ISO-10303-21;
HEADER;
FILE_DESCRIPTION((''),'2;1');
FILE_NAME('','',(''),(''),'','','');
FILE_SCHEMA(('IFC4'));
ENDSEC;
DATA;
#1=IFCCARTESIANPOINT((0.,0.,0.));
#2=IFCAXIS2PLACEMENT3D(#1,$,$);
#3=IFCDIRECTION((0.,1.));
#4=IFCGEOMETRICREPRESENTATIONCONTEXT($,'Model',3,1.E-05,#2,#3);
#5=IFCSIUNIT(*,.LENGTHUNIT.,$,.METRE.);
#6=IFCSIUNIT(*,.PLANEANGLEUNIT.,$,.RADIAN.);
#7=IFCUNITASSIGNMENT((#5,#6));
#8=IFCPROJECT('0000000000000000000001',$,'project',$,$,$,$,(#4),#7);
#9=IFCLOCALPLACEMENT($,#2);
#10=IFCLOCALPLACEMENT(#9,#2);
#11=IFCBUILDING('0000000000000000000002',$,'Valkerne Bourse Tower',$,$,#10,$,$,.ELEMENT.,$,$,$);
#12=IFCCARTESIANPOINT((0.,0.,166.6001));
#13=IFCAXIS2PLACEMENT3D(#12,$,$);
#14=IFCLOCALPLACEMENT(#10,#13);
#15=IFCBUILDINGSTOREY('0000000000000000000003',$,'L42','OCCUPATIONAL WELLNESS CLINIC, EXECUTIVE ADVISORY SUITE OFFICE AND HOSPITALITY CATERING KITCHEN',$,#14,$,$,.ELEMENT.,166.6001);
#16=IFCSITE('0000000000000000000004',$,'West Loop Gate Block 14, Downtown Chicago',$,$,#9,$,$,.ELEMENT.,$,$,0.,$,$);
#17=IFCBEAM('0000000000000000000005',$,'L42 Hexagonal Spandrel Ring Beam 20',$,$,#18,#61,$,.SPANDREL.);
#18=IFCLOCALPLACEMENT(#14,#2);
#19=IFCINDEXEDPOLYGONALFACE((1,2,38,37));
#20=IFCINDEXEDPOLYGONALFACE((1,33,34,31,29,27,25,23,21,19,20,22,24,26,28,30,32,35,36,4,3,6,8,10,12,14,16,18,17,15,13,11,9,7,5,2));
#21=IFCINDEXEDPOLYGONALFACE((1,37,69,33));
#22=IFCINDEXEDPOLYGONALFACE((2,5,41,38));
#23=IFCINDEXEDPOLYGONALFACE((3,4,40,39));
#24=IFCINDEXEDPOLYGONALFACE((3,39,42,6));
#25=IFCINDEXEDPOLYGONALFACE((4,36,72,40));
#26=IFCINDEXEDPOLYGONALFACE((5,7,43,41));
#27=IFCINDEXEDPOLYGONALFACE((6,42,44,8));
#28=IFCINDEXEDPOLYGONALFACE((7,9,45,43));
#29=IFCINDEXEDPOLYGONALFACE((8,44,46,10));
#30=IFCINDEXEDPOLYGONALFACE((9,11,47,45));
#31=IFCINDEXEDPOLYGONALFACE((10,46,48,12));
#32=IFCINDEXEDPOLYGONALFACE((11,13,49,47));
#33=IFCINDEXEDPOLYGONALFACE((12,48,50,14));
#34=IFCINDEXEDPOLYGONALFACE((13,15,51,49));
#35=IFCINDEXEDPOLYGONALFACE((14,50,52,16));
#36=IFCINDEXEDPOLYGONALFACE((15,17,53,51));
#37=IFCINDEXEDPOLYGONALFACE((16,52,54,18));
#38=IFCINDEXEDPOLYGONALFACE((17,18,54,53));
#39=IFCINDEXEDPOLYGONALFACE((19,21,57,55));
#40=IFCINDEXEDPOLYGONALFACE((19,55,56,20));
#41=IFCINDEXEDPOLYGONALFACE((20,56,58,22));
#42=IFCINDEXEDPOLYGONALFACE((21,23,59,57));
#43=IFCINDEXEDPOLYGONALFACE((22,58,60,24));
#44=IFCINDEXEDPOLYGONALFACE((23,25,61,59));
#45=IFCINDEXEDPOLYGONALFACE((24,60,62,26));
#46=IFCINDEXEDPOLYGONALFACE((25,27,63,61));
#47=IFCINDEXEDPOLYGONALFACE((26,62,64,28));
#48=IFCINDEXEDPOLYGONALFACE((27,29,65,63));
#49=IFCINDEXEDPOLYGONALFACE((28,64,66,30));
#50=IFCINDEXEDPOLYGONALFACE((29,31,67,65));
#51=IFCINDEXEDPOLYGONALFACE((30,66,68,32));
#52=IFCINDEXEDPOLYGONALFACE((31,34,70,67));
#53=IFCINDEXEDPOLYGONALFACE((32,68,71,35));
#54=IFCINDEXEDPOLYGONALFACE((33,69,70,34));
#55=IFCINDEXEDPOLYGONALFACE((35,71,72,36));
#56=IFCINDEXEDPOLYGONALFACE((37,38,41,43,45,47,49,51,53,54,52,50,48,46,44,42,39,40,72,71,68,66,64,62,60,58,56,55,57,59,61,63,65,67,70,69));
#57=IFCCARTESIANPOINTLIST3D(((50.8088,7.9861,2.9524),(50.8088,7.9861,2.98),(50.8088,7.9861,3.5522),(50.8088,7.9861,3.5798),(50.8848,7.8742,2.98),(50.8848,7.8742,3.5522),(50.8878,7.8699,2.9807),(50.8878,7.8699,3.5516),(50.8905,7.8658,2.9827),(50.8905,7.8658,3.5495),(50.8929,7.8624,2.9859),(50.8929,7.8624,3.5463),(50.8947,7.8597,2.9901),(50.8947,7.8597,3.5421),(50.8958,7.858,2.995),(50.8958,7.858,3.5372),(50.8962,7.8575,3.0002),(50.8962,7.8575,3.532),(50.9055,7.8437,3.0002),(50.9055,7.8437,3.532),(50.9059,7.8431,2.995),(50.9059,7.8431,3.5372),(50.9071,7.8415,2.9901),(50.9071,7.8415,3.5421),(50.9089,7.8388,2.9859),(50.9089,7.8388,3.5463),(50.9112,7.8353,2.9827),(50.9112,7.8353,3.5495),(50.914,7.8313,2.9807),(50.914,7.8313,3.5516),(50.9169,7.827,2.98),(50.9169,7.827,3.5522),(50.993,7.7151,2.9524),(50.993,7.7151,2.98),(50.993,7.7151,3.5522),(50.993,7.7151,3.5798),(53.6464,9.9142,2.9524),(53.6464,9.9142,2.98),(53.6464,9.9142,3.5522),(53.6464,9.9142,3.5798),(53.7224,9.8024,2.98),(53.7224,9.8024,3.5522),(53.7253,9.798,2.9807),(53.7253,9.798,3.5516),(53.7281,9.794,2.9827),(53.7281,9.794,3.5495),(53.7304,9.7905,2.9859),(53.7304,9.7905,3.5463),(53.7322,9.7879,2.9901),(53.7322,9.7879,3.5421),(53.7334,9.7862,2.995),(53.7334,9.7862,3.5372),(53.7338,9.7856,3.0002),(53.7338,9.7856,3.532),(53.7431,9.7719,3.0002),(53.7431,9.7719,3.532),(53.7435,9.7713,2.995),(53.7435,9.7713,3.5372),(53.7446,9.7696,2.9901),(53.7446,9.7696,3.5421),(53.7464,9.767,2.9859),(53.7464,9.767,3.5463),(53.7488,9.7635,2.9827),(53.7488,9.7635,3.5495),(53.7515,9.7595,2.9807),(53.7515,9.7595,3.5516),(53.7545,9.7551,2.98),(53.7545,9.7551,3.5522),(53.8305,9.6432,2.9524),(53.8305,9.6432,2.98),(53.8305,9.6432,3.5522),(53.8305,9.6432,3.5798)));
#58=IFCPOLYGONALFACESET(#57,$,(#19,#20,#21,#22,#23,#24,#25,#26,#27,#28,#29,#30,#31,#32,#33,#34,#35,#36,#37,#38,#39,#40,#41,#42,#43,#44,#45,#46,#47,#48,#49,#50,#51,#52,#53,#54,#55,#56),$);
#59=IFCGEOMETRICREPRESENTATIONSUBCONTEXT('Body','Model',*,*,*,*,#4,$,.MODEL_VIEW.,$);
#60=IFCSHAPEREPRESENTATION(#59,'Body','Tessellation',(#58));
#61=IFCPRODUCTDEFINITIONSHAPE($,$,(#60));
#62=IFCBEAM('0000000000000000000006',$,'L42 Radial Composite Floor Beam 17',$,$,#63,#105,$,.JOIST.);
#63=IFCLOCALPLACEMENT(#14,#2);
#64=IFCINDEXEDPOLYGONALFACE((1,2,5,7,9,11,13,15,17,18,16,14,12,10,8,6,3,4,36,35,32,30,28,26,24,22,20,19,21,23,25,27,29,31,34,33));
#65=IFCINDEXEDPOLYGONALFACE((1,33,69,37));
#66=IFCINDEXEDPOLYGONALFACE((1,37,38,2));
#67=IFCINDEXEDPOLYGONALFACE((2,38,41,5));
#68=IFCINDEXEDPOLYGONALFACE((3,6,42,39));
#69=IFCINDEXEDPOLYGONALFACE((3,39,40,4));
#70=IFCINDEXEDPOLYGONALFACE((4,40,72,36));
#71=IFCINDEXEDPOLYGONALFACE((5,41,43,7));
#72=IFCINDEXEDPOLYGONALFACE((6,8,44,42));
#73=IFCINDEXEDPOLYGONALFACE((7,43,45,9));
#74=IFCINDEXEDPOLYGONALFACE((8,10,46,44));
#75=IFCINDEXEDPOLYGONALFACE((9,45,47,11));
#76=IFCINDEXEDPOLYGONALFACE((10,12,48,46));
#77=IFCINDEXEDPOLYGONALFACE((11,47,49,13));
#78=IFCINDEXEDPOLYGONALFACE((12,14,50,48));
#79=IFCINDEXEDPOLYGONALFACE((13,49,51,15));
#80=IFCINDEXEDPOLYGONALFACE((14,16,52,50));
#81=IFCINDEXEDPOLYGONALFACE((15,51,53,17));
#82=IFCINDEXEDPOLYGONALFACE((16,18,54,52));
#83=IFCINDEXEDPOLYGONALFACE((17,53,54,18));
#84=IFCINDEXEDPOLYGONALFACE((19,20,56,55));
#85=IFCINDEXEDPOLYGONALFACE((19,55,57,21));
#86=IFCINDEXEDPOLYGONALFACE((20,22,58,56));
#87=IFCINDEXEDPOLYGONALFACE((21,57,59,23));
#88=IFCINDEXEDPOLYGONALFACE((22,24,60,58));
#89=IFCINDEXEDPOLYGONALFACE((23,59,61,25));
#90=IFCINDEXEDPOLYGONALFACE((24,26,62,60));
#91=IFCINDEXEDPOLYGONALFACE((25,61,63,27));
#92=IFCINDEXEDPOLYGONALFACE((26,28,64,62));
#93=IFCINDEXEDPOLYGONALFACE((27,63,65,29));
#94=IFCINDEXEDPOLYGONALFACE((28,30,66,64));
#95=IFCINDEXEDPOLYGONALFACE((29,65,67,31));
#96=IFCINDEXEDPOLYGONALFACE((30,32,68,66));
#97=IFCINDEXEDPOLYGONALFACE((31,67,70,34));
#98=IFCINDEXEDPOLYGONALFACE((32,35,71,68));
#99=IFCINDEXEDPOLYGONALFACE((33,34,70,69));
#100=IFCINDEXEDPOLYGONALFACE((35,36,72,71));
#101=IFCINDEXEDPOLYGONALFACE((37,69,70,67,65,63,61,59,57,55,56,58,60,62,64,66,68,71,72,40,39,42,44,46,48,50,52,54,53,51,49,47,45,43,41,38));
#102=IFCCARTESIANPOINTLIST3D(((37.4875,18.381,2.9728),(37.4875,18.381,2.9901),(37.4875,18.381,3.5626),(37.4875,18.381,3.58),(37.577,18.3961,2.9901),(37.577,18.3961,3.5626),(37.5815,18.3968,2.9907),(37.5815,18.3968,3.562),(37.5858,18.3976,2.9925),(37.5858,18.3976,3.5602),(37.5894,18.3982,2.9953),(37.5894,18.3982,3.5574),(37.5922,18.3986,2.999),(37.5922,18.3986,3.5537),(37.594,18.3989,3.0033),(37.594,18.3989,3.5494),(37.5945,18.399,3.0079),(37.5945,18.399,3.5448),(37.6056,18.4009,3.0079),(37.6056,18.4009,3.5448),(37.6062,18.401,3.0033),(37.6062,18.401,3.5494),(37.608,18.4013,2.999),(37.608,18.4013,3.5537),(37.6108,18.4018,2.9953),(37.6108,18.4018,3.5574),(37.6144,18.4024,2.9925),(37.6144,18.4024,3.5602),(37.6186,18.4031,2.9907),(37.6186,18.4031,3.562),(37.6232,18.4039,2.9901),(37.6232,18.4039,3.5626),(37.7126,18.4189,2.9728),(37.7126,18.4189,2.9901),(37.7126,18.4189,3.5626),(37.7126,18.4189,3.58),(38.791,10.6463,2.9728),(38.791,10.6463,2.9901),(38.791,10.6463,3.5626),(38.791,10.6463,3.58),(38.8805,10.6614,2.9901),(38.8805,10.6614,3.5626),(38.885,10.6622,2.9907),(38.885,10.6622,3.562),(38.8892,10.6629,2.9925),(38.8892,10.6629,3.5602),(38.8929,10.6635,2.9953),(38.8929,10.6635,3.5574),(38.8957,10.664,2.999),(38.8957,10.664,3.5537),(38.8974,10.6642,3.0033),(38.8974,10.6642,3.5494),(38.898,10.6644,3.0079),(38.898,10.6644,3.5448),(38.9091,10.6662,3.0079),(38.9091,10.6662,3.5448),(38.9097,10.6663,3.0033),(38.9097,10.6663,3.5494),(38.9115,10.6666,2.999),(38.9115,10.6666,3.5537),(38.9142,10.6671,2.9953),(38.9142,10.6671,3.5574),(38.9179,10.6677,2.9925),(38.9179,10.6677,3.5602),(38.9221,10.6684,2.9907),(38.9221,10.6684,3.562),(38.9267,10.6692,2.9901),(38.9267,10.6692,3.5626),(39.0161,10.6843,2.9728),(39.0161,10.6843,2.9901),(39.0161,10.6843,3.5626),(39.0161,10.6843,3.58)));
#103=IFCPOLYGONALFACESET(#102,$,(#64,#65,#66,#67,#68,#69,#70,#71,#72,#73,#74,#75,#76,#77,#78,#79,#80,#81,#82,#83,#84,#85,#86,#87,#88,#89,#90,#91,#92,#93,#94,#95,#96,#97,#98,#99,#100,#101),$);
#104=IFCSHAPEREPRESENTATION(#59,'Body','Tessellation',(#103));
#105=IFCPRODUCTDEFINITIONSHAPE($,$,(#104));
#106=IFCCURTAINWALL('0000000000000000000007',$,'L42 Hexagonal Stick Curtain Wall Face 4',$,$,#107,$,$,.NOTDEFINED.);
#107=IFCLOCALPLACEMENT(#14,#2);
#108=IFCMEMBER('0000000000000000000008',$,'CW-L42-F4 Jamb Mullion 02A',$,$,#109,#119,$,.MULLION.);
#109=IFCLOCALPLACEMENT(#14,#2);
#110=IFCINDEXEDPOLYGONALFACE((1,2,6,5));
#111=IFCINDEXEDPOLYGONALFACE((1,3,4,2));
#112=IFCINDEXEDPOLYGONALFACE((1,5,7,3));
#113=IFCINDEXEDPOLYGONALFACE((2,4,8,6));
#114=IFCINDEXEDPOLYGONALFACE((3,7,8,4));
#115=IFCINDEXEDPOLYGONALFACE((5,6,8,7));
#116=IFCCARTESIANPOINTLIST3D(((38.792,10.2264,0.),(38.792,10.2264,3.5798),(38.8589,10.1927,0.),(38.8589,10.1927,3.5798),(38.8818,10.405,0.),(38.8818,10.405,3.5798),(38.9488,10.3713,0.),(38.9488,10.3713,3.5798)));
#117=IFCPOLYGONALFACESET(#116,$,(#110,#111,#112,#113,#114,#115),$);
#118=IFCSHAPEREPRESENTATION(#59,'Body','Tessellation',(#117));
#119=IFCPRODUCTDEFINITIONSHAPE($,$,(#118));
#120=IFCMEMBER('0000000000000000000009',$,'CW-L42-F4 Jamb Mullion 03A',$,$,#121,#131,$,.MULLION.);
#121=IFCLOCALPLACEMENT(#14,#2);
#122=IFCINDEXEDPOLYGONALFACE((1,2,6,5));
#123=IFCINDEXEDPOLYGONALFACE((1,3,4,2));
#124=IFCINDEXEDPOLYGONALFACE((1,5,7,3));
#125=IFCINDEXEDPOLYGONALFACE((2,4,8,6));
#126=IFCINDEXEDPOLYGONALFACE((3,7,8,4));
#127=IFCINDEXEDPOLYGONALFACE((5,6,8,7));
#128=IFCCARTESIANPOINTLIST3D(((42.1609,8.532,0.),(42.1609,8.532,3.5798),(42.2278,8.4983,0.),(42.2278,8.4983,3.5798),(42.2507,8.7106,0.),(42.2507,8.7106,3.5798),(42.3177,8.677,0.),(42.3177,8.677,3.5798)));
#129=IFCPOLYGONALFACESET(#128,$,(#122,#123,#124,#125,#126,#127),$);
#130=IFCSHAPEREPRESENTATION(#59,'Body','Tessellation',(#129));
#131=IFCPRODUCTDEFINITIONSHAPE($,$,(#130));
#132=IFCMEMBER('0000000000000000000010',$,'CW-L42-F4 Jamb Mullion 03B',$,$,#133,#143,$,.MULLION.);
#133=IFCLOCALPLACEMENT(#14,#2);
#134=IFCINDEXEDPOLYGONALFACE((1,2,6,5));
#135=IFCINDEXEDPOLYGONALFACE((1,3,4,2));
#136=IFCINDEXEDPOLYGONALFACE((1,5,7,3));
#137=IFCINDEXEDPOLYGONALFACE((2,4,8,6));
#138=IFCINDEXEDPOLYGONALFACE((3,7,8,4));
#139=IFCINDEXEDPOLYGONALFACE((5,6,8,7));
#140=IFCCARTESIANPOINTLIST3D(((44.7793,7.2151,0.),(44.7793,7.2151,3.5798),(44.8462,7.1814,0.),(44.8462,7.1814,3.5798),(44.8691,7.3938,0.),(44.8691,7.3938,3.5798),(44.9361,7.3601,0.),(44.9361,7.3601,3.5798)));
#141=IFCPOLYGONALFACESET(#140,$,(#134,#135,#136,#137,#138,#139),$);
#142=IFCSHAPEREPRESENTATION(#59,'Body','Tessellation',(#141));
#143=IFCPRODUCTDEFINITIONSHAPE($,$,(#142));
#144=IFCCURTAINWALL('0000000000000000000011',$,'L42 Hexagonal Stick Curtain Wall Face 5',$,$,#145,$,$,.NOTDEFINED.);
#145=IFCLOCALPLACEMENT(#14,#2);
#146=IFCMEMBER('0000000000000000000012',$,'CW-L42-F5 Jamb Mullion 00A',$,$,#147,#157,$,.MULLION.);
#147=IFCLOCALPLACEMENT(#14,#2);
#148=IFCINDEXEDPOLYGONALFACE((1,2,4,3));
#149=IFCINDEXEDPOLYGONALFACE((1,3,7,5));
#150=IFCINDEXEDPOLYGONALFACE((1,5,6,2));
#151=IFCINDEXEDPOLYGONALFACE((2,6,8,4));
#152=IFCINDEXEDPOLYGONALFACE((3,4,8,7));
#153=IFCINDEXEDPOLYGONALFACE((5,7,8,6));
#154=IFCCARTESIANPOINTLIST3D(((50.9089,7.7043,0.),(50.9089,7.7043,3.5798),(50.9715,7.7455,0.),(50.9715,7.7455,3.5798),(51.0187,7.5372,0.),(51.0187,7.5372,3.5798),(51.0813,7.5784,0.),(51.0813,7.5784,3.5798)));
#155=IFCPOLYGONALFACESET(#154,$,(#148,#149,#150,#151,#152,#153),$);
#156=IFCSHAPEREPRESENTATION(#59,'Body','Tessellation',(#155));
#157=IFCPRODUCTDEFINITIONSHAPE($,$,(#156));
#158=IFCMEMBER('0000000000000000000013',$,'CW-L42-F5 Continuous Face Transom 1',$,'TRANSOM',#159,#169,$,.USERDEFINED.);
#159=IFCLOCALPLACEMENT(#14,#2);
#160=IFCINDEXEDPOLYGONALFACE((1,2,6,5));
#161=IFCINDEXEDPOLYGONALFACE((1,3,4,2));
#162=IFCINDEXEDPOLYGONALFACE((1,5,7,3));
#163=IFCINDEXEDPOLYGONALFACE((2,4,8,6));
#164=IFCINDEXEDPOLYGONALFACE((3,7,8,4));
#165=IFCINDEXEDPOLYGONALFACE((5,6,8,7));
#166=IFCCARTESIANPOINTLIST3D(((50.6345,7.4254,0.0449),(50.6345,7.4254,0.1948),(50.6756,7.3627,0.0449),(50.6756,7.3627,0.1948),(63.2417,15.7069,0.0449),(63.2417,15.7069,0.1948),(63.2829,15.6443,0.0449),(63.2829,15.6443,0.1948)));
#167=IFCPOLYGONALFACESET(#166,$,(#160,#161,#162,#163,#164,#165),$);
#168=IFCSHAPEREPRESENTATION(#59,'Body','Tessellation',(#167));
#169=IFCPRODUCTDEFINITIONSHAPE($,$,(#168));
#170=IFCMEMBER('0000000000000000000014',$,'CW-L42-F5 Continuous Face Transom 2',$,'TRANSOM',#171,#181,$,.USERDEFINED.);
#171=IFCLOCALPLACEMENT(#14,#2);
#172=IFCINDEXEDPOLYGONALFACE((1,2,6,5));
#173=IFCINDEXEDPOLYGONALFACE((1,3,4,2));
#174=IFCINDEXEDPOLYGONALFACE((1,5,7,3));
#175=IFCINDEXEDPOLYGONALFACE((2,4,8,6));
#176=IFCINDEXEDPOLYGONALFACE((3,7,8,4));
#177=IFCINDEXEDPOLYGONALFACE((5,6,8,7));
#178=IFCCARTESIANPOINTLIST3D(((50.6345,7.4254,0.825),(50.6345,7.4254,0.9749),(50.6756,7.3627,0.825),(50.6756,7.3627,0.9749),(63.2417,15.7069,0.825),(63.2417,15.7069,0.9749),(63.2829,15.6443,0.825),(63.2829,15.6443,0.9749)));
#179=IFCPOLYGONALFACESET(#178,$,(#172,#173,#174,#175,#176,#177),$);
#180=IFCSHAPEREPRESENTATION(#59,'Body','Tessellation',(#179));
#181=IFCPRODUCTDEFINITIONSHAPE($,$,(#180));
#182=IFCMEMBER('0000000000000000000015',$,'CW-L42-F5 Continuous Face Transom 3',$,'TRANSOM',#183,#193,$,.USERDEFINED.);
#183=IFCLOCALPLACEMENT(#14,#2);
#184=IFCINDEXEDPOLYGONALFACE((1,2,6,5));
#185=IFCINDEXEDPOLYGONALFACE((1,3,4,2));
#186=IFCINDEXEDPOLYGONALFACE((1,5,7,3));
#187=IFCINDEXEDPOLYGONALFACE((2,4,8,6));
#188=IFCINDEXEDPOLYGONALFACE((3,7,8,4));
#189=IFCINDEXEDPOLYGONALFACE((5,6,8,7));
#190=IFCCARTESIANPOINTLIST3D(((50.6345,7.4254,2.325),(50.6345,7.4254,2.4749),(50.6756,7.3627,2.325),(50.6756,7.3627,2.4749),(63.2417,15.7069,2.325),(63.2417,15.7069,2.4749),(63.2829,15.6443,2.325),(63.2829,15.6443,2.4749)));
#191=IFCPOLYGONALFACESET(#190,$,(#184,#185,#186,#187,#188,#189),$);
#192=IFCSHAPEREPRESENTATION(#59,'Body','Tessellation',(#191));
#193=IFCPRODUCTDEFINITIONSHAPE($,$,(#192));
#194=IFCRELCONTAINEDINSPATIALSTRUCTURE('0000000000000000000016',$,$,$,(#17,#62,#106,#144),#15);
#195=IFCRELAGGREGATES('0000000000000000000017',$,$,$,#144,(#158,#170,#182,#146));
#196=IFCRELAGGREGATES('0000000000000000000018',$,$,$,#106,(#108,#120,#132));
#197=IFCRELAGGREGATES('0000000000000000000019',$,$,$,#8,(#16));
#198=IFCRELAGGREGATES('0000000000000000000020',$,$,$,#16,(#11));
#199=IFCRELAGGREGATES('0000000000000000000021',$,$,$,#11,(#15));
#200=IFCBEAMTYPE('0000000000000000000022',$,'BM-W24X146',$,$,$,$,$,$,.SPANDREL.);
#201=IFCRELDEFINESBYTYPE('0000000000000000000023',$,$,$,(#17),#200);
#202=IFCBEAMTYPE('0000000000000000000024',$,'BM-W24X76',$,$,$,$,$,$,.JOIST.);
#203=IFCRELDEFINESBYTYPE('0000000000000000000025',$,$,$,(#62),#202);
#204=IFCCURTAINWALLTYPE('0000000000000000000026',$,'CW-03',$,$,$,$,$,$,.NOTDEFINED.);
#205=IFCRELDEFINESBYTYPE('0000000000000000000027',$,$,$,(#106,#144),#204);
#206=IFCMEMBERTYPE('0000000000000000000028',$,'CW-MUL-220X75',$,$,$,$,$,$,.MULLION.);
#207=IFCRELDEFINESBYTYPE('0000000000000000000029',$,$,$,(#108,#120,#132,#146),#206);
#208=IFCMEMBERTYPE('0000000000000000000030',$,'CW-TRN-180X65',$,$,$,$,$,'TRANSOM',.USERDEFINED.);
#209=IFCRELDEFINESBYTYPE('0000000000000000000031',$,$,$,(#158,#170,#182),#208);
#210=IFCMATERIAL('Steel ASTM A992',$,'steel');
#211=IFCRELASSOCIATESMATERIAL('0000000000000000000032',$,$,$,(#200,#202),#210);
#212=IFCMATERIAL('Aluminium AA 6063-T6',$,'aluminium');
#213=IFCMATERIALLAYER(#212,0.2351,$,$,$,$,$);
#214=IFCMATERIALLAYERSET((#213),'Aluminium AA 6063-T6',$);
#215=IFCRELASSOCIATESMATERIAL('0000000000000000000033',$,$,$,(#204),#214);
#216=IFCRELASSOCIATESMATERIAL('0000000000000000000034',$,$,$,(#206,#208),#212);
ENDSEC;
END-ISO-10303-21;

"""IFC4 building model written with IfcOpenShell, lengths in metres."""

from ifc_helpers import new_model, si_unit, direction, frame, origin, origin_2d, place, context, subcontext, project, spatial, rectangle, i_section, extrude, material, layer, layer_set, material_profile, profile_set, type_object, element, aggregate, save


model = new_model("IFC4")

# Units and contexts
model_context = context("Model", 3, precision=1e-05, world=origin(), true_north=direction((0.0, 1.0)))
body_context = subcontext(model_context, "Body", "Model", "MODEL_VIEW")
ifc_project = project(units=[si_unit("LENGTHUNIT", "METRE"), si_unit("PLANEANGLEUNIT", "RADIAN")], contexts=[model_context])

# Site, building, storey
site_placement = place(None, origin())
site = spatial("IfcSite", under=ifc_project, at=site_placement, Name="West Loop Gate Block 14, Downtown Chicago", CompositionType="ELEMENT", RefElevation=0.0)
building_placement = place(site_placement, origin())
building = spatial("IfcBuilding", under=site, at=building_placement, Name="Valkerne Bourse Tower", CompositionType="ELEMENT")
storey_placement = place(building_placement, frame((0.0, 0.0, 166.6001)))
storey = spatial("IfcBuildingStorey", under=building, at=storey_placement, Name="L42", Description="OCCUPATIONAL WELLNESS CLINIC, EXECUTIVE ADVISORY SUITE OFFICE AND HOSPITALITY CATERING KITCHEN", CompositionType="ELEMENT", Elevation=166.6001)

# Beams
ifc_material_1 = material(Name="Steel ASTM A992", Category="steel")
ifc_material_profile_1 = material_profile(ifc_material_1, i_section(OverallWidth=0.3276, OverallDepth=0.6274, WebThickness=0.0166, FlangeThickness=0.0276, FilletRadius=0.0203, at=origin_2d()), Name="W24X146")
ifc_profile_set_1 = profile_set([ifc_material_profile_1], Name="Steel ASTM A992")
beam_type_1 = type_object("IfcBeamType", Name="BM-W24X146", PredefinedType="SPANDREL", material=ifc_profile_set_1)
beam_1_placement = place(storey_placement, frame((50.9009, 7.8506, 3.2661), z_axis=(0.827113, 0.562036, 0.0), x_axis=(-0.562036, 0.827113, 0.0)))
element("IfcBeam", 1, at=beam_1_placement, inside=storey, type_object=beam_type_1, Name="L42 Hexagonal Spandrel Ring Beam 20", PredefinedType="SPANDREL", context=body_context, shape_type="SweptSolid", body=[
    extrude(i_section(OverallWidth=0.3276, OverallDepth=0.6274, WebThickness=0.0166, FlangeThickness=0.0276, FilletRadius=0.0203, at=origin_2d()), origin(), (0.0, 0.0, 1.0), 3.4307),
])
ifc_material_profile_2 = material_profile(ifc_material_1, i_section(OverallWidth=0.2283, OverallDepth=0.6072, WebThickness=0.0112, FlangeThickness=0.0173, FilletRadius=0.0178, at=origin_2d()), Name="W24X76")
ifc_profile_set_2 = profile_set([ifc_material_profile_2], Name="Steel ASTM A992")
beam_type_2 = type_object("IfcBeamType", Name="BM-W24X76", PredefinedType="JOIST", material=ifc_profile_set_2)
beam_2_placement = place(storey_placement, frame((38.9036, 10.6653, 3.2764), z_axis=(-0.16618, 0.986095, 0.0), x_axis=(-0.986095, -0.16618, 0.0)))
element("IfcBeam", 2, at=beam_2_placement, inside=storey, type_object=beam_type_2, Name="L42 Radial Composite Floor Beam 17", PredefinedType="JOIST", context=body_context, shape_type="SweptSolid", body=[
    extrude(i_section(OverallWidth=0.2283, OverallDepth=0.6072, WebThickness=0.0112, FlangeThickness=0.0173, FilletRadius=0.0178, at=origin_2d()), origin(), (0.0, 0.0, 1.0), 7.8438),
])

# Curtain walls, members
ifc_material_2 = material(Name="Aluminium AA 6063-T6", Category="aluminium")
ifc_layer_1 = layer(ifc_material_2, 0.2351)
ifc_layer_set_1 = layer_set([ifc_layer_1], Name="Aluminium AA 6063-T6")
curtain_wall_type = type_object("IfcCurtainWallType", Name="CW-03", PredefinedType="NOTDEFINED", material=ifc_layer_set_1)
curtain_wall_1_placement = place(storey_placement, origin())
curtain_wall_1 = element("IfcCurtainWall", 3, at=curtain_wall_1_placement, inside=storey, type_object=curtain_wall_type, Name="L42 Hexagonal Stick Curtain Wall Face 4", PredefinedType="NOTDEFINED")
ifc_material_profile_3 = material_profile(ifc_material_2, rectangle(XDim=0.075, YDim=0.2, at=origin_2d()), Name="CWM-75X200")
ifc_profile_set_3 = profile_set([ifc_material_profile_3], Name="Aluminium AA 6063-T6")
member_type_1 = type_object("IfcMemberType", Name="CW-MUL-220X75", PredefinedType="MULLION", material=ifc_profile_set_3)
member_1_placement = place(storey_placement, frame((38.8704, 10.2988, 0.0), z_axis=(0.0, 0.0, 1.0), x_axis=(0.893369, -0.449323, 0.0)))
member_1 = element("IfcMember", 4, at=member_1_placement, type_object=member_type_1, Name="CW-L42-F4 Jamb Mullion 02A", PredefinedType="MULLION", context=body_context, shape_type="SweptSolid", body=[
    extrude(rectangle(XDim=0.075, YDim=0.2, at=origin_2d()), origin(), (0.0, 0.0, 1.0), 3.5798),
])
member_2_placement = place(storey_placement, frame((42.2393, 8.6045, 0.0), z_axis=(0.0, 0.0, 1.0), x_axis=(0.893369, -0.449323, 0.0)))
member_2 = element("IfcMember", 5, at=member_2_placement, type_object=member_type_1, Name="CW-L42-F4 Jamb Mullion 03A", PredefinedType="MULLION", context=body_context, shape_type="SweptSolid", body=[
    extrude(rectangle(XDim=0.075, YDim=0.2, at=origin_2d()), origin(), (0.0, 0.0, 1.0), 3.5798),
])
member_3_placement = place(storey_placement, frame((44.8577, 7.2876, 0.0), z_axis=(0.0, 0.0, 1.0), x_axis=(0.893369, -0.449323, 0.0)))
member_3 = element("IfcMember", 6, at=member_3_placement, type_object=member_type_1, Name="CW-L42-F4 Jamb Mullion 03B", PredefinedType="MULLION", context=body_context, shape_type="SweptSolid", body=[
    extrude(rectangle(XDim=0.075, YDim=0.2, at=origin_2d()), origin(), (0.0, 0.0, 1.0), 3.5798),
])
curtain_wall_2_placement = place(storey_placement, origin())
curtain_wall_2 = element("IfcCurtainWall", 7, at=curtain_wall_2_placement, inside=storey, type_object=curtain_wall_type, Name="L42 Hexagonal Stick Curtain Wall Face 5", PredefinedType="NOTDEFINED")
member_4_placement = place(storey_placement, frame((50.9951, 7.6414, 0.0), z_axis=(0.0, 0.0, 1.0), x_axis=(0.835801, 0.549033, 0.0)))
member_4 = element("IfcMember", 8, at=member_4_placement, type_object=member_type_1, Name="CW-L42-F5 Jamb Mullion 00A", PredefinedType="MULLION", context=body_context, shape_type="SweptSolid", body=[
    extrude(rectangle(XDim=0.075, YDim=0.2, at=origin_2d()), origin(), (0.0, 0.0, 1.0), 3.5798),
])
ifc_material_profile_4 = material_profile(ifc_material_2, rectangle(XDim=0.075, YDim=0.1499, at=origin_2d()), Name="CWT-75X150")
ifc_profile_set_4 = profile_set([ifc_material_profile_4], Name="Aluminium AA 6063-T6")
member_type_2 = type_object("IfcMemberType", Name="CW-TRN-180X65", ElementType="TRANSOM", PredefinedType="USERDEFINED", material=ifc_profile_set_4)
member_5_placement = place(storey_placement, frame((50.655, 7.394, 0.1199), z_axis=(0.835804, 0.549029, 0.0), x_axis=(-0.549029, 0.835804, 0.0)))
member_5 = element("IfcMember", 9, at=member_5_placement, type_object=member_type_2, Name="CW-L42-F5 Continuous Face Transom 1", ObjectType="TRANSOM", PredefinedType="USERDEFINED", context=body_context, shape_type="SweptSolid", body=[
    extrude(rectangle(XDim=0.075, YDim=0.1499, at=origin_2d()), origin(), (0.0, 0.0, 1.0), 15.084),
])
member_6_placement = place(storey_placement, frame((50.655, 7.394, 0.8999), z_axis=(0.835804, 0.549029, 0.0), x_axis=(-0.549029, 0.835804, 0.0)))
member_6 = element("IfcMember", 10, at=member_6_placement, type_object=member_type_2, Name="CW-L42-F5 Continuous Face Transom 2", ObjectType="TRANSOM", PredefinedType="USERDEFINED", context=body_context, shape_type="SweptSolid", body=[
    extrude(rectangle(XDim=0.075, YDim=0.1499, at=origin_2d()), origin(), (0.0, 0.0, 1.0), 15.084),
])
member_7_placement = place(storey_placement, frame((50.655, 7.394, 2.3999), z_axis=(0.835804, 0.549029, 0.0), x_axis=(-0.549029, 0.835804, 0.0)))
member_7 = element("IfcMember", 11, at=member_7_placement, type_object=member_type_2, Name="CW-L42-F5 Continuous Face Transom 3", ObjectType="TRANSOM", PredefinedType="USERDEFINED", context=body_context, shape_type="SweptSolid", body=[
    extrude(rectangle(XDim=0.075, YDim=0.1499, at=origin_2d()), origin(), (0.0, 0.0, 1.0), 15.084),
])
aggregate(curtain_wall_2, [member_5, member_6, member_7, member_4])

aggregate(curtain_wall_1, [member_1, member_2, member_3])

save(model, "model.ifc")
